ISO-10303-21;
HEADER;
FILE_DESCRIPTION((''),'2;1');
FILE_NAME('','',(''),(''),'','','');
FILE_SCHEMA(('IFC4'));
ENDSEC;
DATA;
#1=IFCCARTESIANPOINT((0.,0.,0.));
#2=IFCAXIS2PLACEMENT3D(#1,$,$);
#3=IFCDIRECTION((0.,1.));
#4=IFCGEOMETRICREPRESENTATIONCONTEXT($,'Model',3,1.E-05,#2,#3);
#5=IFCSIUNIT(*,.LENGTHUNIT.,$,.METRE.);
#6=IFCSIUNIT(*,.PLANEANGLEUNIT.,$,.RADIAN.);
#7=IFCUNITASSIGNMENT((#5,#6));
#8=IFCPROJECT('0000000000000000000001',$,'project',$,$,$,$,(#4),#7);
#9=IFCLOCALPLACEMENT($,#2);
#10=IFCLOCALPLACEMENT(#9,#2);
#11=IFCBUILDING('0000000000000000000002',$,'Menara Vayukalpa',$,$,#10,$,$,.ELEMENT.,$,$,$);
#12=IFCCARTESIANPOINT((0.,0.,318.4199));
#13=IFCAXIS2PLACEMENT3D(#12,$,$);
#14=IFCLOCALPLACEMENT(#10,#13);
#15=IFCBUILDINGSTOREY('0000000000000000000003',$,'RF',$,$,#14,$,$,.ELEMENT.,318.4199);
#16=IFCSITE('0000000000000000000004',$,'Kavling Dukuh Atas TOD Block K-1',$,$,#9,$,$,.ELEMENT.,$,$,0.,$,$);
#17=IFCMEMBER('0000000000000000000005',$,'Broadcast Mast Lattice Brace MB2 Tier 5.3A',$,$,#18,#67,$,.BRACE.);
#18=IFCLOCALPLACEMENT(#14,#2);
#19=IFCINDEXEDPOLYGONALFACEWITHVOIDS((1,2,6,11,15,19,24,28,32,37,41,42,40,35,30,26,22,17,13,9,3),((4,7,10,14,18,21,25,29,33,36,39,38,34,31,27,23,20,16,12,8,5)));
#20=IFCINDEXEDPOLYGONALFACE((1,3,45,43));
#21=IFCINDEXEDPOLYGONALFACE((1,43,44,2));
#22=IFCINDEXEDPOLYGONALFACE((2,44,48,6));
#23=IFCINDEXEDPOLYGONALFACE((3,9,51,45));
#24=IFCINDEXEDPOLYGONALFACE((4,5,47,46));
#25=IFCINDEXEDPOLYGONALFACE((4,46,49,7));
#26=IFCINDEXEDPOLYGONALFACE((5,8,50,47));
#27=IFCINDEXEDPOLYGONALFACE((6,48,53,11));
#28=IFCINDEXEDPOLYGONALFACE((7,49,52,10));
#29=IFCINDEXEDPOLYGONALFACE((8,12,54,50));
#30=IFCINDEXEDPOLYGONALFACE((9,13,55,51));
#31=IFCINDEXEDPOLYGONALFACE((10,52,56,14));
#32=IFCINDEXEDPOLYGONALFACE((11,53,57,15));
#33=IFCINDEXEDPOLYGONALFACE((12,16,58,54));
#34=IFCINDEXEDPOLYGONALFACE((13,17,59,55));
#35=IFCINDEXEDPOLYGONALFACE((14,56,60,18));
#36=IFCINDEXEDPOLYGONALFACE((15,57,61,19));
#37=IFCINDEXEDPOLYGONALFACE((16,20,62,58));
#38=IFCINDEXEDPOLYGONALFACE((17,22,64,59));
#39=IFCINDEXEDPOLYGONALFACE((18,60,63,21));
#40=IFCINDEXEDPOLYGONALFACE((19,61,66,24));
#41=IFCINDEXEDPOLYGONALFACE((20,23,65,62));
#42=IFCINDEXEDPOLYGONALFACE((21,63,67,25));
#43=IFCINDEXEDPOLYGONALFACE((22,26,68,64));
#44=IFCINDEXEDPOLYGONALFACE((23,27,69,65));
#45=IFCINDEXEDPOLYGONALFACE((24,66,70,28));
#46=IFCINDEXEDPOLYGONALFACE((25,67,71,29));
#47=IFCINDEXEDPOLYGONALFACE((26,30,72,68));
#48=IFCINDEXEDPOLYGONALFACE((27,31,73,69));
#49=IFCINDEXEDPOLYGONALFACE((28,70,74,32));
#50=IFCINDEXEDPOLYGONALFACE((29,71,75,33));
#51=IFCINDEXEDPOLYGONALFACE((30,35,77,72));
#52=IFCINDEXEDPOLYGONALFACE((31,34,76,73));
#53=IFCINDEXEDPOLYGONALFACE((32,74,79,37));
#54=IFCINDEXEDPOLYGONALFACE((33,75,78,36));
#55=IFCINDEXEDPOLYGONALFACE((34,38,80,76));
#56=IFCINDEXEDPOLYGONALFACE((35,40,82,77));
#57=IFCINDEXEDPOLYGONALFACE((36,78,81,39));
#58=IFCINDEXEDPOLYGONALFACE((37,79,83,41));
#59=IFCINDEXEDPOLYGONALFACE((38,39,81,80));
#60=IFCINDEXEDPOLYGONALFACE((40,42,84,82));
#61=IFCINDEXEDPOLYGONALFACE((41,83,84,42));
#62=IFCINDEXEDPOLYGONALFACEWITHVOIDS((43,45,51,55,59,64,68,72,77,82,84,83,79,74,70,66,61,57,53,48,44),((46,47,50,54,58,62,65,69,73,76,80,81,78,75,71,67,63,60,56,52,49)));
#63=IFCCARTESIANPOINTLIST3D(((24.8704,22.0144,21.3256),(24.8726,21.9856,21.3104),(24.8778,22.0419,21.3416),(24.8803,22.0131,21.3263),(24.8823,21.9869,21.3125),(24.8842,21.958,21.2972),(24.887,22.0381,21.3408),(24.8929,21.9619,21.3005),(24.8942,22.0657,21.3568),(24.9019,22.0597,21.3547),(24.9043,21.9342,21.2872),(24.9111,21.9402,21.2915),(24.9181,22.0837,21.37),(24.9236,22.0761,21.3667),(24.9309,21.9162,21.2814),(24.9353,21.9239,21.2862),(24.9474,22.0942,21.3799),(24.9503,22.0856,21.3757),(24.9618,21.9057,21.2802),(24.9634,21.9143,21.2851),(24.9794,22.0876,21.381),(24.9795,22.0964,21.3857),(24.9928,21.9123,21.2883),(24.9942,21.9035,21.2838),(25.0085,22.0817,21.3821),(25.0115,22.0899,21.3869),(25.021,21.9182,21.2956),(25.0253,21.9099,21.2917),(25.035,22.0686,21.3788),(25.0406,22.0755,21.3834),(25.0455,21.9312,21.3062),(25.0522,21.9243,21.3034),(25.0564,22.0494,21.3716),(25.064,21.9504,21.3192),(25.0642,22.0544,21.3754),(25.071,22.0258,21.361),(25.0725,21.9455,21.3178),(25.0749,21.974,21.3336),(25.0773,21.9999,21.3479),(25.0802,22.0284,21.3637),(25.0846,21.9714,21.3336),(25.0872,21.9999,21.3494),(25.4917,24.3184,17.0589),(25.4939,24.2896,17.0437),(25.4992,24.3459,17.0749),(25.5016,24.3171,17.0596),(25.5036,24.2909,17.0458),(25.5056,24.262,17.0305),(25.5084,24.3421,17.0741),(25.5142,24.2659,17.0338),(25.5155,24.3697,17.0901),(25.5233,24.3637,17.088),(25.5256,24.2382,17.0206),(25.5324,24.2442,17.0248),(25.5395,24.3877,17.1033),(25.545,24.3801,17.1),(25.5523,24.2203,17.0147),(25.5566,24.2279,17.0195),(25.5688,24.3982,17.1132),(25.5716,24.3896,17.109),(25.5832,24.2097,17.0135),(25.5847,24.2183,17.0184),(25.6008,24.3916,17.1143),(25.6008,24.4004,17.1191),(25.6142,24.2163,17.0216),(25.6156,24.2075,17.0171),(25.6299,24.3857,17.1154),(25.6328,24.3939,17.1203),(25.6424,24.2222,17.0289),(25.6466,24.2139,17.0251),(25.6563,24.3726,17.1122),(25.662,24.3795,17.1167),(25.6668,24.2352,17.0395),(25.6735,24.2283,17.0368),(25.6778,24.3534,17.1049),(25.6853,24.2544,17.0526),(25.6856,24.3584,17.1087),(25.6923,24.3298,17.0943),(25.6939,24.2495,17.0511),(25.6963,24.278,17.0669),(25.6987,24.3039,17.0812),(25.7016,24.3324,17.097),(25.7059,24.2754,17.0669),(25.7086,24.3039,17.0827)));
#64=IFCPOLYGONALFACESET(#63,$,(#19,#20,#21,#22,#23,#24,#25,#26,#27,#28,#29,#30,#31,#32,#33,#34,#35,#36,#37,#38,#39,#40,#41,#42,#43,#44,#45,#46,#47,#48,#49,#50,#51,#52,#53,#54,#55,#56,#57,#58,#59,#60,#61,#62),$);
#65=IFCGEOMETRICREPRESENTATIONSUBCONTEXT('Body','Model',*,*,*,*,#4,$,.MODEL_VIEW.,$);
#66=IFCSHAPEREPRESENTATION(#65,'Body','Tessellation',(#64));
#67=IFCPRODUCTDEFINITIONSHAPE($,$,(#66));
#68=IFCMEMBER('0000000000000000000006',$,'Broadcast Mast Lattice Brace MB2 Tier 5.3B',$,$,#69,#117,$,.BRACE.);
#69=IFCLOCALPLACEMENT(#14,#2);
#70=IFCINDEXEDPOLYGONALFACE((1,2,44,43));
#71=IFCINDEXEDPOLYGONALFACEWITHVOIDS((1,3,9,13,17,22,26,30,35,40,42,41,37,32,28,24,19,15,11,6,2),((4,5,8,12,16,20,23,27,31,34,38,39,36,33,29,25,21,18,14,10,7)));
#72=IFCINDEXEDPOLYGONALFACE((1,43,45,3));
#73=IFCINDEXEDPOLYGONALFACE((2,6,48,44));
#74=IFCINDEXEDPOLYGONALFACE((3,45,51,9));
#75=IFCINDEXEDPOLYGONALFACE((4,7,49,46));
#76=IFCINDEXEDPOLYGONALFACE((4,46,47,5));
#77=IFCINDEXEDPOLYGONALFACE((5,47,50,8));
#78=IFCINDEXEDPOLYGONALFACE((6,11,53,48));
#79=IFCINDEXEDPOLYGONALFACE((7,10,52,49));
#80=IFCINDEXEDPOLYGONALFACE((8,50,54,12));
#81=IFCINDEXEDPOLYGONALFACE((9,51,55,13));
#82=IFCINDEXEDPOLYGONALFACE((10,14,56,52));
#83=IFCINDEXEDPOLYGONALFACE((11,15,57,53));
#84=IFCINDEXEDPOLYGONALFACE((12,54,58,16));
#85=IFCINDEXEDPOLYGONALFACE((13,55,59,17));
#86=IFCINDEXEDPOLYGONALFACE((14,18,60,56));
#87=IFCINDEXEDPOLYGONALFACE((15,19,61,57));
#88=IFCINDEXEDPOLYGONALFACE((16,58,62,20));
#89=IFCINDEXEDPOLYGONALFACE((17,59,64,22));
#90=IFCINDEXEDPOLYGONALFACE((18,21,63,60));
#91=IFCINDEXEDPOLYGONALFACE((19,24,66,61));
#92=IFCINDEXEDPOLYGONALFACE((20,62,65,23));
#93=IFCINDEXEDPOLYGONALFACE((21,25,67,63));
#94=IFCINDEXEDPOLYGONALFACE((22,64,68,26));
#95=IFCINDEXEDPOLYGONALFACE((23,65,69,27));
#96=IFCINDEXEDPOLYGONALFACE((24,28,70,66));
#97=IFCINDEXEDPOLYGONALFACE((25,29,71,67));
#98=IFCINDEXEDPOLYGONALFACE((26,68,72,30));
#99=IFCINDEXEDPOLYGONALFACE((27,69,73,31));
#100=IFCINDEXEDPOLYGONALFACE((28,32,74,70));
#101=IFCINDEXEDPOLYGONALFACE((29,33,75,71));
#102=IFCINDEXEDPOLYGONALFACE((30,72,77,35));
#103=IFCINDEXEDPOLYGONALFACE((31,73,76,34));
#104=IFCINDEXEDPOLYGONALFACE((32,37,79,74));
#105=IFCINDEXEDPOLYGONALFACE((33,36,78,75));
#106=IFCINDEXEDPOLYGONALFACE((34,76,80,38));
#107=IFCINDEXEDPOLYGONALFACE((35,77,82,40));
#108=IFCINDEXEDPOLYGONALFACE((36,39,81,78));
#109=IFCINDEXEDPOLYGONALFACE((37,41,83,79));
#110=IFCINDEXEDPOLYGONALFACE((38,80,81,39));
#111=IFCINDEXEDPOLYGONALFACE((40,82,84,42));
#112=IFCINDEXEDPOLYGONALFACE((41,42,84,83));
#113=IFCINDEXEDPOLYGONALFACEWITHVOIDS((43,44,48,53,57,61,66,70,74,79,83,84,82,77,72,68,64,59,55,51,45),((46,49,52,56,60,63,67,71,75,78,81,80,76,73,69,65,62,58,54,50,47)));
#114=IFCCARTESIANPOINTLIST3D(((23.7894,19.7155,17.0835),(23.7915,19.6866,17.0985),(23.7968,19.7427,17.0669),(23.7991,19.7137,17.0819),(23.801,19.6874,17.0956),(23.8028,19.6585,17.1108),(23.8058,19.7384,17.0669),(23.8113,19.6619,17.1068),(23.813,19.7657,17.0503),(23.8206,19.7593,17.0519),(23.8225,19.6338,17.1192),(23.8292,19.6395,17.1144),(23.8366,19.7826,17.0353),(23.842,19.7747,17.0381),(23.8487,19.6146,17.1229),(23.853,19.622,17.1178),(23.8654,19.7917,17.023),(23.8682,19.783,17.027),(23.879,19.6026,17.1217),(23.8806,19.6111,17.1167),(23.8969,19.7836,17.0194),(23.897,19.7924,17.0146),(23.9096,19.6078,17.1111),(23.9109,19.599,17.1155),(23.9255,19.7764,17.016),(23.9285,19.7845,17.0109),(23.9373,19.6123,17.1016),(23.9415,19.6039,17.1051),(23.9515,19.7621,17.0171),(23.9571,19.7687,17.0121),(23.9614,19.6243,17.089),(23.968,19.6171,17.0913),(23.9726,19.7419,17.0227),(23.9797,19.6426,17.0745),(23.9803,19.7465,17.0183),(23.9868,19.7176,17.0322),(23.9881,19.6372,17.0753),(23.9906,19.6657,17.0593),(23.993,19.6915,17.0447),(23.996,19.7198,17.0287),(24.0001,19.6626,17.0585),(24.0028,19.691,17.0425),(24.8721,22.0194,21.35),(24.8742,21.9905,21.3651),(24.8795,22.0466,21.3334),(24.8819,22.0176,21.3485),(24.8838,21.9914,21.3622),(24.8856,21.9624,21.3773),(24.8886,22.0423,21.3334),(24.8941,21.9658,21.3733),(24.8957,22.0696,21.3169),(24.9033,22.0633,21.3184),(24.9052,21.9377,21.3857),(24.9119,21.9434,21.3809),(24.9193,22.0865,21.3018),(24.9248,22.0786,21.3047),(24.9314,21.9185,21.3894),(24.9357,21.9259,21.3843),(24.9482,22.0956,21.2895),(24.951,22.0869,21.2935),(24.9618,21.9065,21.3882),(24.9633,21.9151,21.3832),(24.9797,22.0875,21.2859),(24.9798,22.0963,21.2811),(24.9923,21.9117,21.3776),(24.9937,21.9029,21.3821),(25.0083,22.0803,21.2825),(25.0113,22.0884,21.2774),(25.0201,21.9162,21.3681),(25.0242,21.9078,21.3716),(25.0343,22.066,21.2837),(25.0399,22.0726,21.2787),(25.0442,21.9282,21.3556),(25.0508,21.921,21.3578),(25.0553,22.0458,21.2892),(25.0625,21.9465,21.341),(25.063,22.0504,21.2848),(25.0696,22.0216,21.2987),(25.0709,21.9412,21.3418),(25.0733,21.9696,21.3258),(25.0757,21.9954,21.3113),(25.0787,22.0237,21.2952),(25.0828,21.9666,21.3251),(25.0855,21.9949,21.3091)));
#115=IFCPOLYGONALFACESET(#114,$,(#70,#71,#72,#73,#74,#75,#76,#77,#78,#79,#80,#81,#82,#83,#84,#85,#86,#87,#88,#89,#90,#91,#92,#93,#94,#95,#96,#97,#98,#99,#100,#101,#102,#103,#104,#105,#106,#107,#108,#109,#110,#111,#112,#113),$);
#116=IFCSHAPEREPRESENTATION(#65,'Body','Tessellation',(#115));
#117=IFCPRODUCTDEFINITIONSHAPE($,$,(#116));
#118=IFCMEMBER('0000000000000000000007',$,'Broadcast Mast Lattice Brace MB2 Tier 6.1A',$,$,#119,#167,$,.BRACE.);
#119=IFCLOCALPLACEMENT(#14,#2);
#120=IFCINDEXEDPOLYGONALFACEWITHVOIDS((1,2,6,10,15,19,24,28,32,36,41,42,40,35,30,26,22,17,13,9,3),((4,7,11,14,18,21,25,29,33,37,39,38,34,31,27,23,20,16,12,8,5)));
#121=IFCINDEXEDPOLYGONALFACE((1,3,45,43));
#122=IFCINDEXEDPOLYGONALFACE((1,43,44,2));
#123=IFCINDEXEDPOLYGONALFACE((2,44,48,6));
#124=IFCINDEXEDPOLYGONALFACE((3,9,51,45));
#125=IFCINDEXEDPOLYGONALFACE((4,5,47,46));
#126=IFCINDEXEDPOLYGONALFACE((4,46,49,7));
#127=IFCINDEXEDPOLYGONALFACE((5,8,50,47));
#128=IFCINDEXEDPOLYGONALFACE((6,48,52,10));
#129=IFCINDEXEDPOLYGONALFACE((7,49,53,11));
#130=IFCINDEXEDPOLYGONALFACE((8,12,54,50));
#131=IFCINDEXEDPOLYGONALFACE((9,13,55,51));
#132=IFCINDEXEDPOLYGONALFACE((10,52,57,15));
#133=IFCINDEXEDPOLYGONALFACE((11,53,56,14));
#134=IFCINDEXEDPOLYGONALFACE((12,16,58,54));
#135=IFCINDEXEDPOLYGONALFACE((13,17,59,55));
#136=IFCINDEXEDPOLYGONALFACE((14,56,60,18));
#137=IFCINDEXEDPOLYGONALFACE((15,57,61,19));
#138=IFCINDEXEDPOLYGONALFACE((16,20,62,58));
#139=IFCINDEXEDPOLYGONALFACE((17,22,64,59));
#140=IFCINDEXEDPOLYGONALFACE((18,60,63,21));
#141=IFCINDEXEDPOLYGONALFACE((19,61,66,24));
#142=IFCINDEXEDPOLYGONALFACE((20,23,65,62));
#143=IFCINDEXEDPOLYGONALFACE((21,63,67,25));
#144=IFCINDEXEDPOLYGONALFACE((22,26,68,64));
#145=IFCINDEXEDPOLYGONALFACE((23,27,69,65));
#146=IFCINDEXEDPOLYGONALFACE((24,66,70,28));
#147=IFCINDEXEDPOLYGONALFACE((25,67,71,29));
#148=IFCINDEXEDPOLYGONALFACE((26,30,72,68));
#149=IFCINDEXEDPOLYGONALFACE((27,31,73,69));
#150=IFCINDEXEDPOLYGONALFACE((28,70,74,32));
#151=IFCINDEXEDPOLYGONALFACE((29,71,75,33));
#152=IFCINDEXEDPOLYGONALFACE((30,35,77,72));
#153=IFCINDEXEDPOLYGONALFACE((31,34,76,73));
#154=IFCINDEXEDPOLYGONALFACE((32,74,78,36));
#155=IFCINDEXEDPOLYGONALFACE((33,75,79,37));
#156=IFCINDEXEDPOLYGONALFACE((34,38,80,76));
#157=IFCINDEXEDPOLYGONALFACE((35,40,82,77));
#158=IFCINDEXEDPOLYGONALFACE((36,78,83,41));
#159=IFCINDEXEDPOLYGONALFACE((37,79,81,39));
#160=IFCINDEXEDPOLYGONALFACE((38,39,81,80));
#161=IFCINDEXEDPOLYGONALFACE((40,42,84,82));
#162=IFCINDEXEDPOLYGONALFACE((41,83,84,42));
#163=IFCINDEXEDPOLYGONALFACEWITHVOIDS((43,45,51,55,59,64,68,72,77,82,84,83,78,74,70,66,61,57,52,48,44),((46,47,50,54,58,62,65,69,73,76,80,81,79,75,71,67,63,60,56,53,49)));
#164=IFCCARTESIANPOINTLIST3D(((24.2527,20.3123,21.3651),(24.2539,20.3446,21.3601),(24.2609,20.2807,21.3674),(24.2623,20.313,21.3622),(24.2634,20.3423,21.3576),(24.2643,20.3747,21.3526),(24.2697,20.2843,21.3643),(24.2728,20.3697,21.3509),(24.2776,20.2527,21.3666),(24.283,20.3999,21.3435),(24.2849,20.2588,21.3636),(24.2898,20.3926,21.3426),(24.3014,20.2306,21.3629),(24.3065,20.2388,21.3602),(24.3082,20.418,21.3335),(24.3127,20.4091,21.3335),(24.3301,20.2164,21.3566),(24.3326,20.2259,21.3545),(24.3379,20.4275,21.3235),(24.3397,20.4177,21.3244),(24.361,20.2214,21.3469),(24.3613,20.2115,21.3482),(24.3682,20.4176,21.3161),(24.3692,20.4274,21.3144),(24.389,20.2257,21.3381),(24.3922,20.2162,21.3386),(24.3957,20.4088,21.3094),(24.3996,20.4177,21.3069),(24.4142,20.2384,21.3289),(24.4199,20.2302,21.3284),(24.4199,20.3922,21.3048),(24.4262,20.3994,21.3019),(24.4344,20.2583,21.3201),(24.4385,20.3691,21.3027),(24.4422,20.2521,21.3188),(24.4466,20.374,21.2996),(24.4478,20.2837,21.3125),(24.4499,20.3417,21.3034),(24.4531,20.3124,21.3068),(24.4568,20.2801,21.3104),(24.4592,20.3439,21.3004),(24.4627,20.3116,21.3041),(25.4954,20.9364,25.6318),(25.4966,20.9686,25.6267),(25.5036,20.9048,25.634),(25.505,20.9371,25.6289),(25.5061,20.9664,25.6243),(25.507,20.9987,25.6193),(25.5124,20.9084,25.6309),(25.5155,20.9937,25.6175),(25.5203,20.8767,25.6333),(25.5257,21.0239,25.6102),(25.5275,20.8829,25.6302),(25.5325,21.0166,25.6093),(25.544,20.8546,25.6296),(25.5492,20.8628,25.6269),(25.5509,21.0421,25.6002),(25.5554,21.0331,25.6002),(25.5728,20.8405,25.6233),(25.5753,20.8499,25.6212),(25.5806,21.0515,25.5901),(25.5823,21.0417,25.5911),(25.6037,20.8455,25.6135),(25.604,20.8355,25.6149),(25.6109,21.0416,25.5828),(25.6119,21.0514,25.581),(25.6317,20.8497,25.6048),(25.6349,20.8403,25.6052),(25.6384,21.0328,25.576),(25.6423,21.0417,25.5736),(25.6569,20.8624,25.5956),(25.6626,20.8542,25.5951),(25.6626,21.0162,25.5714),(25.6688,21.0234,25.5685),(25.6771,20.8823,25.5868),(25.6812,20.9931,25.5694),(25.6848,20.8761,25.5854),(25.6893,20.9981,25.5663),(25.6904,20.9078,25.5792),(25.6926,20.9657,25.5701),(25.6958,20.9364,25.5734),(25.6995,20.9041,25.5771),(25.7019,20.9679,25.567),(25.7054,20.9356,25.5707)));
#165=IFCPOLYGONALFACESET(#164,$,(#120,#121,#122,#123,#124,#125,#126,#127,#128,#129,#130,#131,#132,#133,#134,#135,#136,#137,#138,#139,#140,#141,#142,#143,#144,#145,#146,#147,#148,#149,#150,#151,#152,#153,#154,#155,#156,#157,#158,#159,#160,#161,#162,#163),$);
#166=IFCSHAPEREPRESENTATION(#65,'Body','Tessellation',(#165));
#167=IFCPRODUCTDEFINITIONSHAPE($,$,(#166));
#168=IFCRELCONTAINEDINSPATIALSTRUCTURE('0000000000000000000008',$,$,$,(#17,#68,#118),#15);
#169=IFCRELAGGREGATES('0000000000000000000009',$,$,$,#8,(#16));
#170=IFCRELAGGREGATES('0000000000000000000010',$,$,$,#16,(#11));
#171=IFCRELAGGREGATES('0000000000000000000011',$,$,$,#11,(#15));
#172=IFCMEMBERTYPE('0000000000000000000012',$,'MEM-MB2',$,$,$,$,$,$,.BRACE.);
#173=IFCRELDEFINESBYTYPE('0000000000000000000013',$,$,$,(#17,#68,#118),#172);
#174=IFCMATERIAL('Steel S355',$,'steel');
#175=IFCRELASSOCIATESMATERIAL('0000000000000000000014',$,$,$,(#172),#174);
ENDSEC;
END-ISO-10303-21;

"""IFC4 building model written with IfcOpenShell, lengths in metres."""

from ifc_helpers import new_model, si_unit, direction, frame, origin, origin_2d, place, context, subcontext, project, spatial, hollow_circle, extrude, material, material_profile, profile_set, type_object, element, save


model = new_model("IFC4")

# Units and contexts
model_context = context("Model", 3, precision=1e-05, world=origin(), true_north=direction((0.0, 1.0)))
body_context = subcontext(model_context, "Body", "Model", "MODEL_VIEW")
ifc_project = project(units=[si_unit("LENGTHUNIT", "METRE"), si_unit("PLANEANGLEUNIT", "RADIAN")], contexts=[model_context])

# Site, building, storey
site_placement = place(None, origin())
site = spatial("IfcSite", under=ifc_project, at=site_placement, Name="Kavling Dukuh Atas TOD Block K-1", CompositionType="ELEMENT", RefElevation=0.0)
building_placement = place(site_placement, origin())
building = spatial("IfcBuilding", under=site, at=building_placement, Name="Menara Vayukalpa", CompositionType="ELEMENT")
storey_placement = place(building_placement, frame((0.0, 0.0, 318.4199)))
storey = spatial("IfcBuildingStorey", under=building, at=storey_placement, Name="RF", CompositionType="ELEMENT", Elevation=318.4199)

# Members
ifc_material_1 = material(Name="Steel S355", Category="steel")
ifc_material_profile_1 = material_profile(ifc_material_1, hollow_circle(Radius=0.1096, WallThickness=0.01, at=origin_2d()), Name="CHS 219.1x10")
ifc_profile_set_1 = profile_set([ifc_material_profile_1], Name="Steel S355")
member_type_1 = type_object("IfcMemberType", Name="MEM-MB2", PredefinedType="BRACE", material=ifc_profile_set_1)
member_1_placement = place(storey_placement, frame((25.6001, 24.304, 17.0669), z_axis=(-0.1271, -0.471294, 0.87277), x_axis=(0.965506, -0.260381, 0.0)))
element("IfcMember", 1, at=member_1_placement, inside=storey, type_object=member_type_1, Name="Broadcast Mast Lattice Brace MB2 Tier 5.3A", PredefinedType="BRACE", context=body_context, shape_type="SweptSolid", body=[
    extrude(hollow_circle(Radius=0.1096, WallThickness=0.01, at=origin_2d()), origin(), (0.0, 0.0, 1.0), 4.8887),
])
member_2_placement = place(storey_placement, frame((23.896, 19.696, 17.0669), z_axis=(0.217932, 0.463727, 0.858757), x_axis=(-0.905038, 0.425331, 0.0)))
element("IfcMember", 2, at=member_2_placement, inside=storey, type_object=member_type_1, Name="Broadcast Mast Lattice Brace MB2 Tier 5.3B", PredefinedType="BRACE", context=body_context, shape_type="SweptSolid", body=[
    extrude(hollow_circle(Radius=0.1096, WallThickness=0.01, at=origin_2d()), origin(), (0.0, 0.0, 1.0), 4.9683),
])
member_3_placement = place(storey_placement, frame((24.3574, 20.3201, 21.3335), z_axis=(0.27692, 0.139059, 0.950778), x_axis=(-0.448758, 0.893653, 0.0)))
element("IfcMember", 3, at=member_3_placement, inside=storey, type_object=member_type_1, Name="Broadcast Mast Lattice Brace MB2 Tier 6.1A", PredefinedType="BRACE", context=body_context, shape_type="SweptSolid", body=[
    extrude(hollow_circle(Radius=0.1096, WallThickness=0.01, at=origin_2d()), origin(), (0.0, 0.0, 1.0), 4.4875),
])

save(model, "model.ifc")
